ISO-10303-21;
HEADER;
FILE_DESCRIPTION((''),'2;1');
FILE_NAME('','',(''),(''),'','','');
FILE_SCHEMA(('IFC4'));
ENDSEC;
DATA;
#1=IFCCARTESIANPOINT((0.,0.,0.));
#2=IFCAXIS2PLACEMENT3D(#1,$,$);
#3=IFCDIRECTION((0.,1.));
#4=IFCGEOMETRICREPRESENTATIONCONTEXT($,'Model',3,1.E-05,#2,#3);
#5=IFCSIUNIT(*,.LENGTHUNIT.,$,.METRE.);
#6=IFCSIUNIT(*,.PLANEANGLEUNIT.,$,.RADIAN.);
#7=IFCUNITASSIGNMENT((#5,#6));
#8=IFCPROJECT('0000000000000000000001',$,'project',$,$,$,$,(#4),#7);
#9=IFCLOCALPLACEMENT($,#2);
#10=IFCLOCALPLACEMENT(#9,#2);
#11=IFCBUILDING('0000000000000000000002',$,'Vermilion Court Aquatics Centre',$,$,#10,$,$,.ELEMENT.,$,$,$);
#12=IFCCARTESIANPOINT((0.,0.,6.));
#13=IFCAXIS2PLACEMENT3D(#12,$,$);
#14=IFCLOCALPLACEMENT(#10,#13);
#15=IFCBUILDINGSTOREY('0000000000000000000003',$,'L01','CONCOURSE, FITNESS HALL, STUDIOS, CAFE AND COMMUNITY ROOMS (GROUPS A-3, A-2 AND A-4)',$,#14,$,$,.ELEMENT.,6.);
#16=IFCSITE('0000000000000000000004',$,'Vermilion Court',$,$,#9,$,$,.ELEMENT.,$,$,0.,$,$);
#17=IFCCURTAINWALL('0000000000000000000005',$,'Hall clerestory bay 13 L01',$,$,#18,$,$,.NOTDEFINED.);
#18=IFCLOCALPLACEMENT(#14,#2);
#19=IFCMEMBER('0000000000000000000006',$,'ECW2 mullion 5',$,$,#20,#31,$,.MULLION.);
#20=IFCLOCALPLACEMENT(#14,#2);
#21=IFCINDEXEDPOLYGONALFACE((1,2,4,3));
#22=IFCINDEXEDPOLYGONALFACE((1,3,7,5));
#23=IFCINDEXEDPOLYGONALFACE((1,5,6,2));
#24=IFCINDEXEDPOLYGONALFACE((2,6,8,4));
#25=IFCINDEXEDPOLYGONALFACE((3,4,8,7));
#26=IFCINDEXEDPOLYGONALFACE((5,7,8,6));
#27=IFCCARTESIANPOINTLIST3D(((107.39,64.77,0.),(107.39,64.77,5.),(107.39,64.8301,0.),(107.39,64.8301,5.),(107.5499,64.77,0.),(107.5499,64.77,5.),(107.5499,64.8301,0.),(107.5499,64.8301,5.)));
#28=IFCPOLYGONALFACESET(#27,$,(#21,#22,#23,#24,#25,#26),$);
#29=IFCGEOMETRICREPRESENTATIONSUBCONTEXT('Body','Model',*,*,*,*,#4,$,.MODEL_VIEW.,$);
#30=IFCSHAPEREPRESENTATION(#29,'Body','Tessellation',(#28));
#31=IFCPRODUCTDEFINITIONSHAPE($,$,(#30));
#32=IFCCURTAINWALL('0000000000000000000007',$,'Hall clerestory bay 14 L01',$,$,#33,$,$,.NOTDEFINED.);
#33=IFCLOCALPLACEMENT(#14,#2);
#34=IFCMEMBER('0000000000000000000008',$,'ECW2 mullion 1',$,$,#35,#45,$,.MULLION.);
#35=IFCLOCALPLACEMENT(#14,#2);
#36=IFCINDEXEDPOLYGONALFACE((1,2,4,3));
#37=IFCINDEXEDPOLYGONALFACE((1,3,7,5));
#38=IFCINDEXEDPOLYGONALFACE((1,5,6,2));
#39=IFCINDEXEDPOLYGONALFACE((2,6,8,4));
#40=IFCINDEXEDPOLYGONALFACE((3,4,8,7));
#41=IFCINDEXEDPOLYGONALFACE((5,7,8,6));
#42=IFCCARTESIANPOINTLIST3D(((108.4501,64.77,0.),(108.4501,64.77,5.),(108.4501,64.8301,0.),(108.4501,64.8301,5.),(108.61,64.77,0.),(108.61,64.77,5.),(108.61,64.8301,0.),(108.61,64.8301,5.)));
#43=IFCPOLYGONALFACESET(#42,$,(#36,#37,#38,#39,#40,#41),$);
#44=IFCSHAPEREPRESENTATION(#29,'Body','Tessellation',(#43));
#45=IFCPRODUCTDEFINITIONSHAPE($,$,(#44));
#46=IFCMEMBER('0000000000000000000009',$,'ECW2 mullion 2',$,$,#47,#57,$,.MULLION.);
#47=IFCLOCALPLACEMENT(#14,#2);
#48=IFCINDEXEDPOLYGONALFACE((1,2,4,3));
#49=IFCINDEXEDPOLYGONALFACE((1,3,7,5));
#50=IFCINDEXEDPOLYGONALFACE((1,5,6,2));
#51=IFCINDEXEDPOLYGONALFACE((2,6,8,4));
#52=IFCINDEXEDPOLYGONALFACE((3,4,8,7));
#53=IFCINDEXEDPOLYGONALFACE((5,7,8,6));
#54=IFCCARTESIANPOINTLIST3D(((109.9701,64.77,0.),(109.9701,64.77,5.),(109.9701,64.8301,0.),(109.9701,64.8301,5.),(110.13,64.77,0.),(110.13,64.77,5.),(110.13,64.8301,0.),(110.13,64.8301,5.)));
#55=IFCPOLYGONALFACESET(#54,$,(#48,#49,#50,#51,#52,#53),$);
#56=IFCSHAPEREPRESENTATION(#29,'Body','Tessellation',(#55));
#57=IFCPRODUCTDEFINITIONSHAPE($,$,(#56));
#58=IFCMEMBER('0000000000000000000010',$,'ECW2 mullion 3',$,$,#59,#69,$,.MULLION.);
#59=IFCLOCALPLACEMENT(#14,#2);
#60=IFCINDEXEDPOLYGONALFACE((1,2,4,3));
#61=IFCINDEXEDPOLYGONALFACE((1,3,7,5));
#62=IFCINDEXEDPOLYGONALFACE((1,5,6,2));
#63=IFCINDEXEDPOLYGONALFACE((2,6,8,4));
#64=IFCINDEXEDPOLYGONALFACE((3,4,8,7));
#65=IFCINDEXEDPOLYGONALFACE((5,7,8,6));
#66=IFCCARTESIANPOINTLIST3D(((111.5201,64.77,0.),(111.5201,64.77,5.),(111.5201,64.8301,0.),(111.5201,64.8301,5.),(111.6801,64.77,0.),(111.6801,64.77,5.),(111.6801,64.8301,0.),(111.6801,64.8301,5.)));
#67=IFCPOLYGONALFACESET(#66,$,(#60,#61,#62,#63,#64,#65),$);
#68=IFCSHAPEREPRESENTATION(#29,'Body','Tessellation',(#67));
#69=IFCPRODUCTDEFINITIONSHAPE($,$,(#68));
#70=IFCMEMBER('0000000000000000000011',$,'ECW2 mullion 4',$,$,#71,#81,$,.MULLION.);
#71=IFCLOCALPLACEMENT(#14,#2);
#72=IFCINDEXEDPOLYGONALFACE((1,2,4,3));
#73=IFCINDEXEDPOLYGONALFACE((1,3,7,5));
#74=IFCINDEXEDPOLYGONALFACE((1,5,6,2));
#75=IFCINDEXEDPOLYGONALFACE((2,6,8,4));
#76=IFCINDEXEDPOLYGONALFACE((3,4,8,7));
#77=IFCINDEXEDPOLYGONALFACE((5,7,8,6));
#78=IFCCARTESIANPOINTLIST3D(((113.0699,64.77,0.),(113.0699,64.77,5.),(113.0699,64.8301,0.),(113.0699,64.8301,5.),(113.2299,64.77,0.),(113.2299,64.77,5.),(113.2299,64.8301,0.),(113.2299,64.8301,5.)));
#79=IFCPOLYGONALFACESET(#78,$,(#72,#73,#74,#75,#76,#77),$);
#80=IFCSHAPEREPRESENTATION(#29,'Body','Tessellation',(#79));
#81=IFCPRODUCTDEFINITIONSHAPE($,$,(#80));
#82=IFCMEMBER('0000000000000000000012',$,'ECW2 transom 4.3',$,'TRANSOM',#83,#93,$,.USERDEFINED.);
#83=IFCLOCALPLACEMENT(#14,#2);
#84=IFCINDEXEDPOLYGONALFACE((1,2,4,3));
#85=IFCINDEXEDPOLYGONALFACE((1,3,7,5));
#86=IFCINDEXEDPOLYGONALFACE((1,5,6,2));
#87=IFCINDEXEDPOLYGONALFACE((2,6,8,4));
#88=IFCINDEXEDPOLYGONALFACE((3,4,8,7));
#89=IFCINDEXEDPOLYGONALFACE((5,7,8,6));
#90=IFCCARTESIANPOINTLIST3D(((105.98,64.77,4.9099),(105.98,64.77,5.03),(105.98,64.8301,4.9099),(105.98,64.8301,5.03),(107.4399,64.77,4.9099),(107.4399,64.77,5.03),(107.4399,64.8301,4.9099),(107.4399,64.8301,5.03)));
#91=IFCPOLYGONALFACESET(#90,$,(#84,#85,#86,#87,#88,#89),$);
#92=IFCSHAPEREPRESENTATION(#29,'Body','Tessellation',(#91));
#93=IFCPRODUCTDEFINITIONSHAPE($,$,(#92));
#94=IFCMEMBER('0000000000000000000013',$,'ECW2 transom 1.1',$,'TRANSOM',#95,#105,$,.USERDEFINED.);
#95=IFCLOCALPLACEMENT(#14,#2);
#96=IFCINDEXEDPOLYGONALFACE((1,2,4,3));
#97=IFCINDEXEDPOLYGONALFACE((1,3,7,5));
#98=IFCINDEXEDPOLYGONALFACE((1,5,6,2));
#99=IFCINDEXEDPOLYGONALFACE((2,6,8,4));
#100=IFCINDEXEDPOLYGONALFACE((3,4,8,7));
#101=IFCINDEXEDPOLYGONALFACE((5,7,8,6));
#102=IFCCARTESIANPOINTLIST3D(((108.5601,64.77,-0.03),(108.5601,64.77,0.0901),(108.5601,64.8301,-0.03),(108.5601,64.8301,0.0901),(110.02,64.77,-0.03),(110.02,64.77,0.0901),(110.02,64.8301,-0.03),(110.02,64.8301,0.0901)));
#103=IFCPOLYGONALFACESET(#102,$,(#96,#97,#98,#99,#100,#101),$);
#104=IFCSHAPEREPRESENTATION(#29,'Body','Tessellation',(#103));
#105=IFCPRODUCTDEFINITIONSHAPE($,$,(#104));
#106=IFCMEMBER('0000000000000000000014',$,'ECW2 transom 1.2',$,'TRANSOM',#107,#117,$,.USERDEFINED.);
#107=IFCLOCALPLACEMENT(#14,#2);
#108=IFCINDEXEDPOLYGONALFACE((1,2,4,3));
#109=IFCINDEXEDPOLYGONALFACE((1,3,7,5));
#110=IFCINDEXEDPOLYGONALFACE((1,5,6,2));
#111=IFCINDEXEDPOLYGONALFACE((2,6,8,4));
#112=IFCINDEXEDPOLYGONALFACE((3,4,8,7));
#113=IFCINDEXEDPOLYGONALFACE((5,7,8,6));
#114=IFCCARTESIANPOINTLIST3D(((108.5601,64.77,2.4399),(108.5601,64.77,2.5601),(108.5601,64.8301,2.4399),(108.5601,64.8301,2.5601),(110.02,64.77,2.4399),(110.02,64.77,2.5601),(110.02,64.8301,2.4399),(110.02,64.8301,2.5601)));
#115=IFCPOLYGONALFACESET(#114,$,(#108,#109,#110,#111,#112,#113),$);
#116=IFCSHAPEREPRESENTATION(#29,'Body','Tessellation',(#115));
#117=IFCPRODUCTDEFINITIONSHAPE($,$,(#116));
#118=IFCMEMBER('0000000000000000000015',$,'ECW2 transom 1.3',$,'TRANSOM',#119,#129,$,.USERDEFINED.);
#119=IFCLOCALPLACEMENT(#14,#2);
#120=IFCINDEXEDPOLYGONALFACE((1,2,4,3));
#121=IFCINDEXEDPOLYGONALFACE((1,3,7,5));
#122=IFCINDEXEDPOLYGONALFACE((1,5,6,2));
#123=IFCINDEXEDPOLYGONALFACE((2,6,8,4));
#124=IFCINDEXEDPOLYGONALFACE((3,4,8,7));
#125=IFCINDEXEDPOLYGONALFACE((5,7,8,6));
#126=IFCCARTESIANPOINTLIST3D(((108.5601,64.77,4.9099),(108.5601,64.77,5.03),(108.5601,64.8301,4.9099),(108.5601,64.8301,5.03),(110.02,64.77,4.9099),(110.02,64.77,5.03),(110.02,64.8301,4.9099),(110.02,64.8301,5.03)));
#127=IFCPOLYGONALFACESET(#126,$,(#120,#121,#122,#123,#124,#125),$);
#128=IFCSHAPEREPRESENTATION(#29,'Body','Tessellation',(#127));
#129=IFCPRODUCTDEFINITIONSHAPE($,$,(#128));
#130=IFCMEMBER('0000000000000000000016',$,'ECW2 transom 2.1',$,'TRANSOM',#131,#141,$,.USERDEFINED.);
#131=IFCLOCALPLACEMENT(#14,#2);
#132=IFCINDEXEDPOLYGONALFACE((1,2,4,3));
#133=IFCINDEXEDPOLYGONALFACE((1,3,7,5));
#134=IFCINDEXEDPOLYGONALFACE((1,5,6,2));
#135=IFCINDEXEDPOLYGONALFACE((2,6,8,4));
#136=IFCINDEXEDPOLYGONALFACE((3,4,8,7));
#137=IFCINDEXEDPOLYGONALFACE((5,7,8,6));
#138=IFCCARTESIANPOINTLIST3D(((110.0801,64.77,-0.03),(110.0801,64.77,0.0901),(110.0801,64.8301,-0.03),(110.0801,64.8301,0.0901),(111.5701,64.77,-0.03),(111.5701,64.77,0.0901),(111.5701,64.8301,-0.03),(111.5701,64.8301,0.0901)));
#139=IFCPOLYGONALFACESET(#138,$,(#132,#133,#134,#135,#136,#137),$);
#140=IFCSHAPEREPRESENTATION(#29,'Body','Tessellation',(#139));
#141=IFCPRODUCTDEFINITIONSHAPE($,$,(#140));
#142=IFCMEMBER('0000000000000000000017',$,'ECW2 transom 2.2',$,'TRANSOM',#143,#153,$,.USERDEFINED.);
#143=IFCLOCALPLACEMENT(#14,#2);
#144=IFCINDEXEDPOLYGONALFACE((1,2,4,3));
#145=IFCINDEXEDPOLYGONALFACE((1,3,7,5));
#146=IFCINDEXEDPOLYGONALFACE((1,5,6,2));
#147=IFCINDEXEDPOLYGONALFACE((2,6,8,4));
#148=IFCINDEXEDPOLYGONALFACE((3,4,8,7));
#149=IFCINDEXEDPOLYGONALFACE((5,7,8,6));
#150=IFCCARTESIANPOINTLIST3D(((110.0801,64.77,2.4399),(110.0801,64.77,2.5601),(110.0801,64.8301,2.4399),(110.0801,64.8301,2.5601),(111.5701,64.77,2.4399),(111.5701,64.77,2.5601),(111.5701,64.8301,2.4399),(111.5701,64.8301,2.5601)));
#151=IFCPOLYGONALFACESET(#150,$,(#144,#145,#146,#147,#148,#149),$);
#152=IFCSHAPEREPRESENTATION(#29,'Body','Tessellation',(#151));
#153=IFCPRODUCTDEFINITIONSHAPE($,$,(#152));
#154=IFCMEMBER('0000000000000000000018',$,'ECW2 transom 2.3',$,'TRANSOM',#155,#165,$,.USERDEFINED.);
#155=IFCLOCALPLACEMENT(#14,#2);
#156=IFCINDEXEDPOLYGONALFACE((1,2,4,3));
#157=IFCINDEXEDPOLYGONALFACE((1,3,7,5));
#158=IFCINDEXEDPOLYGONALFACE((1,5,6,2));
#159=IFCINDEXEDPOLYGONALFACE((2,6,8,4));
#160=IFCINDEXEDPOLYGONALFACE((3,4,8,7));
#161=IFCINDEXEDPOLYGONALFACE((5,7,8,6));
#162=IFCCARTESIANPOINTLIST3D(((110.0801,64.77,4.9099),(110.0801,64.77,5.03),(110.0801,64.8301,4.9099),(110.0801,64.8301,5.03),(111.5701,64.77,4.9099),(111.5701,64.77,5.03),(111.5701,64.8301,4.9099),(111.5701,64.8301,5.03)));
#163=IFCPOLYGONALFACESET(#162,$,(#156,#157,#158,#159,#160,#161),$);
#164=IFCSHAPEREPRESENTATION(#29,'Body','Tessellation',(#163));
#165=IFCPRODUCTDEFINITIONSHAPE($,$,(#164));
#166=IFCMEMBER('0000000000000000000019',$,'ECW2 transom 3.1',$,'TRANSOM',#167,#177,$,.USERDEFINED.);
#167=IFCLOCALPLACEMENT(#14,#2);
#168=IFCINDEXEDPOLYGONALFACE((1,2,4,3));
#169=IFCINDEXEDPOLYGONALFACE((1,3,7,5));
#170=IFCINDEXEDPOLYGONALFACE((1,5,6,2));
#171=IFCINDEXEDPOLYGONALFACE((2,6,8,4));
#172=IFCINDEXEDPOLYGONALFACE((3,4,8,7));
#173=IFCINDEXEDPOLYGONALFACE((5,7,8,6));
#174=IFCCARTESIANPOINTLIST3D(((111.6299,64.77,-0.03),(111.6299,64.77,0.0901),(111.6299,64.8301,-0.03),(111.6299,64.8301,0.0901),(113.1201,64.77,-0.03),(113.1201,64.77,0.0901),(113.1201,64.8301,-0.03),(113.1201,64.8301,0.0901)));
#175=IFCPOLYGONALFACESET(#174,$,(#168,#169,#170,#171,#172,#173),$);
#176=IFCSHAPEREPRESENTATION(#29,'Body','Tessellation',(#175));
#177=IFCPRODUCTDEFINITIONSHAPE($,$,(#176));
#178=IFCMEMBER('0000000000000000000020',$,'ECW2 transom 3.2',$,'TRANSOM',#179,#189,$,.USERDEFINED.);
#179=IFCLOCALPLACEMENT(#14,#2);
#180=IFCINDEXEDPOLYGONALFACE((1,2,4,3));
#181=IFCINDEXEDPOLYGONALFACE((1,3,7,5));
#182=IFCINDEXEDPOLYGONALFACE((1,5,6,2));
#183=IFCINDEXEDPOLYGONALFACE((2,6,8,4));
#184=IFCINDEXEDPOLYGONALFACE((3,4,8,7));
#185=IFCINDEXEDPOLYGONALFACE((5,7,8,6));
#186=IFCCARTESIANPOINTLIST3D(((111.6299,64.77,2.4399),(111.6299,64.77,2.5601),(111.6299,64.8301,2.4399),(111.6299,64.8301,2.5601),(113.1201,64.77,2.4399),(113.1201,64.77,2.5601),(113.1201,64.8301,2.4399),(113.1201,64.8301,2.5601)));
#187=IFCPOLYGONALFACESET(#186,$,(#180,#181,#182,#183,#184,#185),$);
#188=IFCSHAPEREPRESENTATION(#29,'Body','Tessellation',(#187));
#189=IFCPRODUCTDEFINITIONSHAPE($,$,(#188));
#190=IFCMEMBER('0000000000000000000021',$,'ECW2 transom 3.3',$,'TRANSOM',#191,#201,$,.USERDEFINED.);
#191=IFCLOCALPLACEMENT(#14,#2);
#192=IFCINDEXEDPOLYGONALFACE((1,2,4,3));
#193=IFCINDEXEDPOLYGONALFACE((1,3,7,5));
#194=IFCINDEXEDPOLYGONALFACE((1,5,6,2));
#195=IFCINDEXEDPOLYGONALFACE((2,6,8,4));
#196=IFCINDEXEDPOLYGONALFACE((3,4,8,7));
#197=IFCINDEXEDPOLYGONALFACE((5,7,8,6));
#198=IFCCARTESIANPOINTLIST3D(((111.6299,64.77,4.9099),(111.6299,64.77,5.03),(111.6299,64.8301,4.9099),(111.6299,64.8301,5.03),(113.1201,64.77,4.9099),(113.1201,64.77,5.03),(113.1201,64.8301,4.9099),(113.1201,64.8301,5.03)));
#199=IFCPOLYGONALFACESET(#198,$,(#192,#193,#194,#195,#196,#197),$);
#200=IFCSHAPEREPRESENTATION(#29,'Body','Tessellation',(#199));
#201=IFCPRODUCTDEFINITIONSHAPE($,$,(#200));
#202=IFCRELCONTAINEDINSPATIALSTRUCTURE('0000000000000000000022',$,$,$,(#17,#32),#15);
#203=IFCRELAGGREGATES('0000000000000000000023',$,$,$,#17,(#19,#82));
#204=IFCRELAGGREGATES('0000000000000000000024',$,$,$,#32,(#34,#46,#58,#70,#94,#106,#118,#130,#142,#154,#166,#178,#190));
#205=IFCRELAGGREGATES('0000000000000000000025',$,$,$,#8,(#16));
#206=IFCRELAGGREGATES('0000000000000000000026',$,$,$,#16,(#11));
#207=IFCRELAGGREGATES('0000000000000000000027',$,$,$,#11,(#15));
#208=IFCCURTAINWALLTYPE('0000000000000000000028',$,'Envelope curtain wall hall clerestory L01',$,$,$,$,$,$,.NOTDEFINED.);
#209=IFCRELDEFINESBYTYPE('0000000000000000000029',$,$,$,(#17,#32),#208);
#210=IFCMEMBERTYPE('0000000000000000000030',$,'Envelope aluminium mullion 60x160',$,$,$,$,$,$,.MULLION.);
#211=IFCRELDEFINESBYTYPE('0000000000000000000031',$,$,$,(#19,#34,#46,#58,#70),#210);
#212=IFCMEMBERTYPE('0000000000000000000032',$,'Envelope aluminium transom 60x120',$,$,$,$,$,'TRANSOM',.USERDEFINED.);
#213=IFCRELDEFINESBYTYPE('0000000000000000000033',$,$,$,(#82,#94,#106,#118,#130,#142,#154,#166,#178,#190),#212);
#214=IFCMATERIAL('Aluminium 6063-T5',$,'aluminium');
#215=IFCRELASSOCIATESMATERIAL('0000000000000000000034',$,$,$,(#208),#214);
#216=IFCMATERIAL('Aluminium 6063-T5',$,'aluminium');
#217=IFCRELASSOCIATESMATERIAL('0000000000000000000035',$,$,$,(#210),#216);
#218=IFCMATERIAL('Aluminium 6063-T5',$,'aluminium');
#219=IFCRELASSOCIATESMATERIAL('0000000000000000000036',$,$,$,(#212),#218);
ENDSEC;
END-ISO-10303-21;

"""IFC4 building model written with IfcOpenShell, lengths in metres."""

from ifc_helpers import new_model, si_unit, direction, frame, origin, origin_2d, place, context, subcontext, project, spatial, rectangle, extrude, material, material_profile, profile_set, type_object, element, aggregate, save


model = new_model("IFC4")

# Units and contexts
model_context = context("Model", 3, precision=1e-05, world=origin(), true_north=direction((0.0, 1.0)))
body_context = subcontext(model_context, "Body", "Model", "MODEL_VIEW")
ifc_project = project(units=[si_unit("LENGTHUNIT", "METRE"), si_unit("PLANEANGLEUNIT", "RADIAN")], contexts=[model_context])

# Site, building, storey
site_placement = place(None, origin())
site = spatial("IfcSite", under=ifc_project, at=site_placement, Name="Vermilion Court", CompositionType="ELEMENT", RefElevation=0.0)
building_placement = place(site_placement, origin())
building = spatial("IfcBuilding", under=site, at=building_placement, Name="Vermilion Court Aquatics Centre", CompositionType="ELEMENT")
storey_placement = place(building_placement, frame((0.0, 0.0, 6.0)))
storey = spatial("IfcBuildingStorey", under=building, at=storey_placement, Name="L01", Description="CONCOURSE, FITNESS HALL, STUDIOS, CAFE AND COMMUNITY ROOMS (GROUPS A-3, A-2 AND A-4)", CompositionType="ELEMENT", Elevation=6.0)

# Curtain wall, member
ifc_material_1 = material(Name="Aluminium 6063-T5", Category="aluminium")
curtain_wall_type = type_object("IfcCurtainWallType", Name="Envelope curtain wall hall clerestory L01", PredefinedType="NOTDEFINED", material=ifc_material_1)
curtain_wall_1_placement = place(storey_placement, origin())
curtain_wall_1 = element("IfcCurtainWall", 1, at=curtain_wall_1_placement, inside=storey, type_object=curtain_wall_type, Name="Hall clerestory bay 13 L01", PredefinedType="NOTDEFINED")
ifc_material_2 = material(Name="Aluminium 6063-T5", Category="aluminium")
ifc_material_profile_1 = material_profile(ifc_material_2, rectangle(XDim=0.0601, YDim=0.1599, at=origin_2d()), Name="AL 60x160")
ifc_profile_set_1 = profile_set([ifc_material_profile_1], Name="Aluminium 6063-T5")
member_type_1 = type_object("IfcMemberType", Name="Envelope aluminium mullion 60x160", PredefinedType="MULLION", material=ifc_profile_set_1)
member_1_placement = place(storey_placement, frame((107.47, 64.8, 0.0), z_axis=(0.0, 0.0, 1.0), x_axis=(0.0, 1.0, 0.0)))
member_1 = element("IfcMember", 2, at=member_1_placement, type_object=member_type_1, Name="ECW2 mullion 5", PredefinedType="MULLION", context=body_context, shape_type="SweptSolid", body=[
    extrude(rectangle(XDim=0.0601, YDim=0.1599, at=origin_2d()), origin(), (0.0, 0.0, 1.0), 5.0),
])

# Curtain wall, members
curtain_wall_2_placement = place(storey_placement, origin())
curtain_wall_2 = element("IfcCurtainWall", 3, at=curtain_wall_2_placement, inside=storey, type_object=curtain_wall_type, Name="Hall clerestory bay 14 L01", PredefinedType="NOTDEFINED")
member_2_placement = place(storey_placement, frame((108.53, 64.8, 0.0), z_axis=(0.0, 0.0, 1.0), x_axis=(0.0, 1.0, 0.0)))
member_2 = element("IfcMember", 4, at=member_2_placement, type_object=member_type_1, Name="ECW2 mullion 1", PredefinedType="MULLION", context=body_context, shape_type="SweptSolid", body=[
    extrude(rectangle(XDim=0.0601, YDim=0.1599, at=origin_2d()), origin(), (0.0, 0.0, 1.0), 5.0),
])
member_3_placement = place(storey_placement, frame((110.05, 64.8, 0.0), z_axis=(0.0, 0.0, 1.0), x_axis=(0.0, 1.0, 0.0)))
member_3 = element("IfcMember", 5, at=member_3_placement, type_object=member_type_1, Name="ECW2 mullion 2", PredefinedType="MULLION", context=body_context, shape_type="SweptSolid", body=[
    extrude(rectangle(XDim=0.0601, YDim=0.1599, at=origin_2d()), origin(), (0.0, 0.0, 1.0), 5.0),
])
member_4_placement = place(storey_placement, frame((111.6001, 64.8, 0.0), z_axis=(0.0, 0.0, 1.0), x_axis=(0.0, 1.0, 0.0)))
member_4 = element("IfcMember", 6, at=member_4_placement, type_object=member_type_1, Name="ECW2 mullion 3", PredefinedType="MULLION", context=body_context, shape_type="SweptSolid", body=[
    extrude(rectangle(XDim=0.0601, YDim=0.1599, at=origin_2d()), origin(), (0.0, 0.0, 1.0), 5.0),
])
member_5_placement = place(storey_placement, frame((113.1499, 64.8, 0.0), z_axis=(0.0, 0.0, 1.0), x_axis=(0.0, 1.0, 0.0)))
member_5 = element("IfcMember", 7, at=member_5_placement, type_object=member_type_1, Name="ECW2 mullion 4", PredefinedType="MULLION", context=body_context, shape_type="SweptSolid", body=[
    extrude(rectangle(XDim=0.0601, YDim=0.1599, at=origin_2d()), origin(), (0.0, 0.0, 1.0), 5.0),
])

# Members
ifc_material_3 = material(Name="Aluminium 6063-T5", Category="aluminium")
ifc_material_profile_2 = material_profile(ifc_material_3, rectangle(XDim=0.0601, YDim=0.1201, at=origin_2d()), Name="AL 60x120")
ifc_profile_set_2 = profile_set([ifc_material_profile_2], Name="Aluminium 6063-T5")
member_type_2 = type_object("IfcMemberType", Name="Envelope aluminium transom 60x120", ElementType="TRANSOM", PredefinedType="USERDEFINED", material=ifc_profile_set_2)
member_6_placement = place(storey_placement, frame((105.98, 64.8, 4.97), z_axis=(1.0, 0.0, 0.0), x_axis=(0.0, 1.0, 0.0)))
member_6 = element("IfcMember", 8, at=member_6_placement, type_object=member_type_2, Name="ECW2 transom 4.3", ObjectType="TRANSOM", PredefinedType="USERDEFINED", context=body_context, shape_type="SweptSolid", body=[
    extrude(rectangle(XDim=0.0601, YDim=0.1201, at=origin_2d()), origin(), (0.0, 0.0, 1.0), 1.46),
])
member_7_placement = place(storey_placement, frame((108.5601, 64.8, 0.03), z_axis=(1.0, 0.0, 0.0), x_axis=(0.0, 1.0, 0.0)))
member_7 = element("IfcMember", 9, at=member_7_placement, type_object=member_type_2, Name="ECW2 transom 1.1", ObjectType="TRANSOM", PredefinedType="USERDEFINED", context=body_context, shape_type="SweptSolid", body=[
    extrude(rectangle(XDim=0.0601, YDim=0.1201, at=origin_2d()), origin(), (0.0, 0.0, 1.0), 1.46),
])
member_8_placement = place(storey_placement, frame((108.5601, 64.8, 2.5), z_axis=(1.0, 0.0, 0.0), x_axis=(0.0, 1.0, 0.0)))
member_8 = element("IfcMember", 10, at=member_8_placement, type_object=member_type_2, Name="ECW2 transom 1.2", ObjectType="TRANSOM", PredefinedType="USERDEFINED", context=body_context, shape_type="SweptSolid", body=[
    extrude(rectangle(XDim=0.0601, YDim=0.1201, at=origin_2d()), origin(), (0.0, 0.0, 1.0), 1.46),
])
member_9_placement = place(storey_placement, frame((108.5601, 64.8, 4.97), z_axis=(1.0, 0.0, 0.0), x_axis=(0.0, 1.0, 0.0)))
member_9 = element("IfcMember", 11, at=member_9_placement, type_object=member_type_2, Name="ECW2 transom 1.3", ObjectType="TRANSOM", PredefinedType="USERDEFINED", context=body_context, shape_type="SweptSolid", body=[
    extrude(rectangle(XDim=0.0601, YDim=0.1201, at=origin_2d()), origin(), (0.0, 0.0, 1.0), 1.46),
])
member_10_placement = place(storey_placement, frame((110.0801, 64.8, 0.03), z_axis=(1.0, 0.0, 0.0), x_axis=(0.0, 1.0, 0.0)))
member_10 = element("IfcMember", 12, at=member_10_placement, type_object=member_type_2, Name="ECW2 transom 2.1", ObjectType="TRANSOM", PredefinedType="USERDEFINED", context=body_context, shape_type="SweptSolid", body=[
    extrude(rectangle(XDim=0.0601, YDim=0.1201, at=origin_2d()), origin(), (0.0, 0.0, 1.0), 1.49),
])
member_11_placement = place(storey_placement, frame((110.0801, 64.8, 2.5), z_axis=(1.0, 0.0, 0.0), x_axis=(0.0, 1.0, 0.0)))
member_11 = element("IfcMember", 13, at=member_11_placement, type_object=member_type_2, Name="ECW2 transom 2.2", ObjectType="TRANSOM", PredefinedType="USERDEFINED", context=body_context, shape_type="SweptSolid", body=[
    extrude(rectangle(XDim=0.0601, YDim=0.1201, at=origin_2d()), origin(), (0.0, 0.0, 1.0), 1.49),
])
member_12_placement = place(storey_placement, frame((110.0801, 64.8, 4.97), z_axis=(1.0, 0.0, 0.0), x_axis=(0.0, 1.0, 0.0)))
member_12 = element("IfcMember", 14, at=member_12_placement, type_object=member_type_2, Name="ECW2 transom 2.3", ObjectType="TRANSOM", PredefinedType="USERDEFINED", context=body_context, shape_type="SweptSolid", body=[
    extrude(rectangle(XDim=0.0601, YDim=0.1201, at=origin_2d()), origin(), (0.0, 0.0, 1.0), 1.49),
])
member_13_placement = place(storey_placement, frame((111.6299, 64.8, 0.03), z_axis=(1.0, 0.0, 0.0), x_axis=(0.0, 1.0, 0.0)))
member_13 = element("IfcMember", 15, at=member_13_placement, type_object=member_type_2, Name="ECW2 transom 3.1", ObjectType="TRANSOM", PredefinedType="USERDEFINED", context=body_context, shape_type="SweptSolid", body=[
    extrude(rectangle(XDim=0.0601, YDim=0.1201, at=origin_2d()), origin(), (0.0, 0.0, 1.0), 1.4902),
])
member_14_placement = place(storey_placement, frame((111.6299, 64.8, 2.5), z_axis=(1.0, 0.0, 0.0), x_axis=(0.0, 1.0, 0.0)))
member_14 = element("IfcMember", 16, at=member_14_placement, type_object=member_type_2, Name="ECW2 transom 3.2", ObjectType="TRANSOM", PredefinedType="USERDEFINED", context=body_context, shape_type="SweptSolid", body=[
    extrude(rectangle(XDim=0.0601, YDim=0.1201, at=origin_2d()), origin(), (0.0, 0.0, 1.0), 1.4902),
])
member_15_placement = place(storey_placement, frame((111.6299, 64.8, 4.97), z_axis=(1.0, 0.0, 0.0), x_axis=(0.0, 1.0, 0.0)))
member_15 = element("IfcMember", 17, at=member_15_placement, type_object=member_type_2, Name="ECW2 transom 3.3", ObjectType="TRANSOM", PredefinedType="USERDEFINED", context=body_context, shape_type="SweptSolid", body=[
    extrude(rectangle(XDim=0.0601, YDim=0.1201, at=origin_2d()), origin(), (0.0, 0.0, 1.0), 1.4902),
])

aggregate(curtain_wall_1, [member_1, member_6])
aggregate(curtain_wall_2, [member_2, member_3, member_4, member_5, member_7, member_8, member_9, member_10, member_11, member_12, member_13, member_14, member_15])

save(model, "model.ifc")
